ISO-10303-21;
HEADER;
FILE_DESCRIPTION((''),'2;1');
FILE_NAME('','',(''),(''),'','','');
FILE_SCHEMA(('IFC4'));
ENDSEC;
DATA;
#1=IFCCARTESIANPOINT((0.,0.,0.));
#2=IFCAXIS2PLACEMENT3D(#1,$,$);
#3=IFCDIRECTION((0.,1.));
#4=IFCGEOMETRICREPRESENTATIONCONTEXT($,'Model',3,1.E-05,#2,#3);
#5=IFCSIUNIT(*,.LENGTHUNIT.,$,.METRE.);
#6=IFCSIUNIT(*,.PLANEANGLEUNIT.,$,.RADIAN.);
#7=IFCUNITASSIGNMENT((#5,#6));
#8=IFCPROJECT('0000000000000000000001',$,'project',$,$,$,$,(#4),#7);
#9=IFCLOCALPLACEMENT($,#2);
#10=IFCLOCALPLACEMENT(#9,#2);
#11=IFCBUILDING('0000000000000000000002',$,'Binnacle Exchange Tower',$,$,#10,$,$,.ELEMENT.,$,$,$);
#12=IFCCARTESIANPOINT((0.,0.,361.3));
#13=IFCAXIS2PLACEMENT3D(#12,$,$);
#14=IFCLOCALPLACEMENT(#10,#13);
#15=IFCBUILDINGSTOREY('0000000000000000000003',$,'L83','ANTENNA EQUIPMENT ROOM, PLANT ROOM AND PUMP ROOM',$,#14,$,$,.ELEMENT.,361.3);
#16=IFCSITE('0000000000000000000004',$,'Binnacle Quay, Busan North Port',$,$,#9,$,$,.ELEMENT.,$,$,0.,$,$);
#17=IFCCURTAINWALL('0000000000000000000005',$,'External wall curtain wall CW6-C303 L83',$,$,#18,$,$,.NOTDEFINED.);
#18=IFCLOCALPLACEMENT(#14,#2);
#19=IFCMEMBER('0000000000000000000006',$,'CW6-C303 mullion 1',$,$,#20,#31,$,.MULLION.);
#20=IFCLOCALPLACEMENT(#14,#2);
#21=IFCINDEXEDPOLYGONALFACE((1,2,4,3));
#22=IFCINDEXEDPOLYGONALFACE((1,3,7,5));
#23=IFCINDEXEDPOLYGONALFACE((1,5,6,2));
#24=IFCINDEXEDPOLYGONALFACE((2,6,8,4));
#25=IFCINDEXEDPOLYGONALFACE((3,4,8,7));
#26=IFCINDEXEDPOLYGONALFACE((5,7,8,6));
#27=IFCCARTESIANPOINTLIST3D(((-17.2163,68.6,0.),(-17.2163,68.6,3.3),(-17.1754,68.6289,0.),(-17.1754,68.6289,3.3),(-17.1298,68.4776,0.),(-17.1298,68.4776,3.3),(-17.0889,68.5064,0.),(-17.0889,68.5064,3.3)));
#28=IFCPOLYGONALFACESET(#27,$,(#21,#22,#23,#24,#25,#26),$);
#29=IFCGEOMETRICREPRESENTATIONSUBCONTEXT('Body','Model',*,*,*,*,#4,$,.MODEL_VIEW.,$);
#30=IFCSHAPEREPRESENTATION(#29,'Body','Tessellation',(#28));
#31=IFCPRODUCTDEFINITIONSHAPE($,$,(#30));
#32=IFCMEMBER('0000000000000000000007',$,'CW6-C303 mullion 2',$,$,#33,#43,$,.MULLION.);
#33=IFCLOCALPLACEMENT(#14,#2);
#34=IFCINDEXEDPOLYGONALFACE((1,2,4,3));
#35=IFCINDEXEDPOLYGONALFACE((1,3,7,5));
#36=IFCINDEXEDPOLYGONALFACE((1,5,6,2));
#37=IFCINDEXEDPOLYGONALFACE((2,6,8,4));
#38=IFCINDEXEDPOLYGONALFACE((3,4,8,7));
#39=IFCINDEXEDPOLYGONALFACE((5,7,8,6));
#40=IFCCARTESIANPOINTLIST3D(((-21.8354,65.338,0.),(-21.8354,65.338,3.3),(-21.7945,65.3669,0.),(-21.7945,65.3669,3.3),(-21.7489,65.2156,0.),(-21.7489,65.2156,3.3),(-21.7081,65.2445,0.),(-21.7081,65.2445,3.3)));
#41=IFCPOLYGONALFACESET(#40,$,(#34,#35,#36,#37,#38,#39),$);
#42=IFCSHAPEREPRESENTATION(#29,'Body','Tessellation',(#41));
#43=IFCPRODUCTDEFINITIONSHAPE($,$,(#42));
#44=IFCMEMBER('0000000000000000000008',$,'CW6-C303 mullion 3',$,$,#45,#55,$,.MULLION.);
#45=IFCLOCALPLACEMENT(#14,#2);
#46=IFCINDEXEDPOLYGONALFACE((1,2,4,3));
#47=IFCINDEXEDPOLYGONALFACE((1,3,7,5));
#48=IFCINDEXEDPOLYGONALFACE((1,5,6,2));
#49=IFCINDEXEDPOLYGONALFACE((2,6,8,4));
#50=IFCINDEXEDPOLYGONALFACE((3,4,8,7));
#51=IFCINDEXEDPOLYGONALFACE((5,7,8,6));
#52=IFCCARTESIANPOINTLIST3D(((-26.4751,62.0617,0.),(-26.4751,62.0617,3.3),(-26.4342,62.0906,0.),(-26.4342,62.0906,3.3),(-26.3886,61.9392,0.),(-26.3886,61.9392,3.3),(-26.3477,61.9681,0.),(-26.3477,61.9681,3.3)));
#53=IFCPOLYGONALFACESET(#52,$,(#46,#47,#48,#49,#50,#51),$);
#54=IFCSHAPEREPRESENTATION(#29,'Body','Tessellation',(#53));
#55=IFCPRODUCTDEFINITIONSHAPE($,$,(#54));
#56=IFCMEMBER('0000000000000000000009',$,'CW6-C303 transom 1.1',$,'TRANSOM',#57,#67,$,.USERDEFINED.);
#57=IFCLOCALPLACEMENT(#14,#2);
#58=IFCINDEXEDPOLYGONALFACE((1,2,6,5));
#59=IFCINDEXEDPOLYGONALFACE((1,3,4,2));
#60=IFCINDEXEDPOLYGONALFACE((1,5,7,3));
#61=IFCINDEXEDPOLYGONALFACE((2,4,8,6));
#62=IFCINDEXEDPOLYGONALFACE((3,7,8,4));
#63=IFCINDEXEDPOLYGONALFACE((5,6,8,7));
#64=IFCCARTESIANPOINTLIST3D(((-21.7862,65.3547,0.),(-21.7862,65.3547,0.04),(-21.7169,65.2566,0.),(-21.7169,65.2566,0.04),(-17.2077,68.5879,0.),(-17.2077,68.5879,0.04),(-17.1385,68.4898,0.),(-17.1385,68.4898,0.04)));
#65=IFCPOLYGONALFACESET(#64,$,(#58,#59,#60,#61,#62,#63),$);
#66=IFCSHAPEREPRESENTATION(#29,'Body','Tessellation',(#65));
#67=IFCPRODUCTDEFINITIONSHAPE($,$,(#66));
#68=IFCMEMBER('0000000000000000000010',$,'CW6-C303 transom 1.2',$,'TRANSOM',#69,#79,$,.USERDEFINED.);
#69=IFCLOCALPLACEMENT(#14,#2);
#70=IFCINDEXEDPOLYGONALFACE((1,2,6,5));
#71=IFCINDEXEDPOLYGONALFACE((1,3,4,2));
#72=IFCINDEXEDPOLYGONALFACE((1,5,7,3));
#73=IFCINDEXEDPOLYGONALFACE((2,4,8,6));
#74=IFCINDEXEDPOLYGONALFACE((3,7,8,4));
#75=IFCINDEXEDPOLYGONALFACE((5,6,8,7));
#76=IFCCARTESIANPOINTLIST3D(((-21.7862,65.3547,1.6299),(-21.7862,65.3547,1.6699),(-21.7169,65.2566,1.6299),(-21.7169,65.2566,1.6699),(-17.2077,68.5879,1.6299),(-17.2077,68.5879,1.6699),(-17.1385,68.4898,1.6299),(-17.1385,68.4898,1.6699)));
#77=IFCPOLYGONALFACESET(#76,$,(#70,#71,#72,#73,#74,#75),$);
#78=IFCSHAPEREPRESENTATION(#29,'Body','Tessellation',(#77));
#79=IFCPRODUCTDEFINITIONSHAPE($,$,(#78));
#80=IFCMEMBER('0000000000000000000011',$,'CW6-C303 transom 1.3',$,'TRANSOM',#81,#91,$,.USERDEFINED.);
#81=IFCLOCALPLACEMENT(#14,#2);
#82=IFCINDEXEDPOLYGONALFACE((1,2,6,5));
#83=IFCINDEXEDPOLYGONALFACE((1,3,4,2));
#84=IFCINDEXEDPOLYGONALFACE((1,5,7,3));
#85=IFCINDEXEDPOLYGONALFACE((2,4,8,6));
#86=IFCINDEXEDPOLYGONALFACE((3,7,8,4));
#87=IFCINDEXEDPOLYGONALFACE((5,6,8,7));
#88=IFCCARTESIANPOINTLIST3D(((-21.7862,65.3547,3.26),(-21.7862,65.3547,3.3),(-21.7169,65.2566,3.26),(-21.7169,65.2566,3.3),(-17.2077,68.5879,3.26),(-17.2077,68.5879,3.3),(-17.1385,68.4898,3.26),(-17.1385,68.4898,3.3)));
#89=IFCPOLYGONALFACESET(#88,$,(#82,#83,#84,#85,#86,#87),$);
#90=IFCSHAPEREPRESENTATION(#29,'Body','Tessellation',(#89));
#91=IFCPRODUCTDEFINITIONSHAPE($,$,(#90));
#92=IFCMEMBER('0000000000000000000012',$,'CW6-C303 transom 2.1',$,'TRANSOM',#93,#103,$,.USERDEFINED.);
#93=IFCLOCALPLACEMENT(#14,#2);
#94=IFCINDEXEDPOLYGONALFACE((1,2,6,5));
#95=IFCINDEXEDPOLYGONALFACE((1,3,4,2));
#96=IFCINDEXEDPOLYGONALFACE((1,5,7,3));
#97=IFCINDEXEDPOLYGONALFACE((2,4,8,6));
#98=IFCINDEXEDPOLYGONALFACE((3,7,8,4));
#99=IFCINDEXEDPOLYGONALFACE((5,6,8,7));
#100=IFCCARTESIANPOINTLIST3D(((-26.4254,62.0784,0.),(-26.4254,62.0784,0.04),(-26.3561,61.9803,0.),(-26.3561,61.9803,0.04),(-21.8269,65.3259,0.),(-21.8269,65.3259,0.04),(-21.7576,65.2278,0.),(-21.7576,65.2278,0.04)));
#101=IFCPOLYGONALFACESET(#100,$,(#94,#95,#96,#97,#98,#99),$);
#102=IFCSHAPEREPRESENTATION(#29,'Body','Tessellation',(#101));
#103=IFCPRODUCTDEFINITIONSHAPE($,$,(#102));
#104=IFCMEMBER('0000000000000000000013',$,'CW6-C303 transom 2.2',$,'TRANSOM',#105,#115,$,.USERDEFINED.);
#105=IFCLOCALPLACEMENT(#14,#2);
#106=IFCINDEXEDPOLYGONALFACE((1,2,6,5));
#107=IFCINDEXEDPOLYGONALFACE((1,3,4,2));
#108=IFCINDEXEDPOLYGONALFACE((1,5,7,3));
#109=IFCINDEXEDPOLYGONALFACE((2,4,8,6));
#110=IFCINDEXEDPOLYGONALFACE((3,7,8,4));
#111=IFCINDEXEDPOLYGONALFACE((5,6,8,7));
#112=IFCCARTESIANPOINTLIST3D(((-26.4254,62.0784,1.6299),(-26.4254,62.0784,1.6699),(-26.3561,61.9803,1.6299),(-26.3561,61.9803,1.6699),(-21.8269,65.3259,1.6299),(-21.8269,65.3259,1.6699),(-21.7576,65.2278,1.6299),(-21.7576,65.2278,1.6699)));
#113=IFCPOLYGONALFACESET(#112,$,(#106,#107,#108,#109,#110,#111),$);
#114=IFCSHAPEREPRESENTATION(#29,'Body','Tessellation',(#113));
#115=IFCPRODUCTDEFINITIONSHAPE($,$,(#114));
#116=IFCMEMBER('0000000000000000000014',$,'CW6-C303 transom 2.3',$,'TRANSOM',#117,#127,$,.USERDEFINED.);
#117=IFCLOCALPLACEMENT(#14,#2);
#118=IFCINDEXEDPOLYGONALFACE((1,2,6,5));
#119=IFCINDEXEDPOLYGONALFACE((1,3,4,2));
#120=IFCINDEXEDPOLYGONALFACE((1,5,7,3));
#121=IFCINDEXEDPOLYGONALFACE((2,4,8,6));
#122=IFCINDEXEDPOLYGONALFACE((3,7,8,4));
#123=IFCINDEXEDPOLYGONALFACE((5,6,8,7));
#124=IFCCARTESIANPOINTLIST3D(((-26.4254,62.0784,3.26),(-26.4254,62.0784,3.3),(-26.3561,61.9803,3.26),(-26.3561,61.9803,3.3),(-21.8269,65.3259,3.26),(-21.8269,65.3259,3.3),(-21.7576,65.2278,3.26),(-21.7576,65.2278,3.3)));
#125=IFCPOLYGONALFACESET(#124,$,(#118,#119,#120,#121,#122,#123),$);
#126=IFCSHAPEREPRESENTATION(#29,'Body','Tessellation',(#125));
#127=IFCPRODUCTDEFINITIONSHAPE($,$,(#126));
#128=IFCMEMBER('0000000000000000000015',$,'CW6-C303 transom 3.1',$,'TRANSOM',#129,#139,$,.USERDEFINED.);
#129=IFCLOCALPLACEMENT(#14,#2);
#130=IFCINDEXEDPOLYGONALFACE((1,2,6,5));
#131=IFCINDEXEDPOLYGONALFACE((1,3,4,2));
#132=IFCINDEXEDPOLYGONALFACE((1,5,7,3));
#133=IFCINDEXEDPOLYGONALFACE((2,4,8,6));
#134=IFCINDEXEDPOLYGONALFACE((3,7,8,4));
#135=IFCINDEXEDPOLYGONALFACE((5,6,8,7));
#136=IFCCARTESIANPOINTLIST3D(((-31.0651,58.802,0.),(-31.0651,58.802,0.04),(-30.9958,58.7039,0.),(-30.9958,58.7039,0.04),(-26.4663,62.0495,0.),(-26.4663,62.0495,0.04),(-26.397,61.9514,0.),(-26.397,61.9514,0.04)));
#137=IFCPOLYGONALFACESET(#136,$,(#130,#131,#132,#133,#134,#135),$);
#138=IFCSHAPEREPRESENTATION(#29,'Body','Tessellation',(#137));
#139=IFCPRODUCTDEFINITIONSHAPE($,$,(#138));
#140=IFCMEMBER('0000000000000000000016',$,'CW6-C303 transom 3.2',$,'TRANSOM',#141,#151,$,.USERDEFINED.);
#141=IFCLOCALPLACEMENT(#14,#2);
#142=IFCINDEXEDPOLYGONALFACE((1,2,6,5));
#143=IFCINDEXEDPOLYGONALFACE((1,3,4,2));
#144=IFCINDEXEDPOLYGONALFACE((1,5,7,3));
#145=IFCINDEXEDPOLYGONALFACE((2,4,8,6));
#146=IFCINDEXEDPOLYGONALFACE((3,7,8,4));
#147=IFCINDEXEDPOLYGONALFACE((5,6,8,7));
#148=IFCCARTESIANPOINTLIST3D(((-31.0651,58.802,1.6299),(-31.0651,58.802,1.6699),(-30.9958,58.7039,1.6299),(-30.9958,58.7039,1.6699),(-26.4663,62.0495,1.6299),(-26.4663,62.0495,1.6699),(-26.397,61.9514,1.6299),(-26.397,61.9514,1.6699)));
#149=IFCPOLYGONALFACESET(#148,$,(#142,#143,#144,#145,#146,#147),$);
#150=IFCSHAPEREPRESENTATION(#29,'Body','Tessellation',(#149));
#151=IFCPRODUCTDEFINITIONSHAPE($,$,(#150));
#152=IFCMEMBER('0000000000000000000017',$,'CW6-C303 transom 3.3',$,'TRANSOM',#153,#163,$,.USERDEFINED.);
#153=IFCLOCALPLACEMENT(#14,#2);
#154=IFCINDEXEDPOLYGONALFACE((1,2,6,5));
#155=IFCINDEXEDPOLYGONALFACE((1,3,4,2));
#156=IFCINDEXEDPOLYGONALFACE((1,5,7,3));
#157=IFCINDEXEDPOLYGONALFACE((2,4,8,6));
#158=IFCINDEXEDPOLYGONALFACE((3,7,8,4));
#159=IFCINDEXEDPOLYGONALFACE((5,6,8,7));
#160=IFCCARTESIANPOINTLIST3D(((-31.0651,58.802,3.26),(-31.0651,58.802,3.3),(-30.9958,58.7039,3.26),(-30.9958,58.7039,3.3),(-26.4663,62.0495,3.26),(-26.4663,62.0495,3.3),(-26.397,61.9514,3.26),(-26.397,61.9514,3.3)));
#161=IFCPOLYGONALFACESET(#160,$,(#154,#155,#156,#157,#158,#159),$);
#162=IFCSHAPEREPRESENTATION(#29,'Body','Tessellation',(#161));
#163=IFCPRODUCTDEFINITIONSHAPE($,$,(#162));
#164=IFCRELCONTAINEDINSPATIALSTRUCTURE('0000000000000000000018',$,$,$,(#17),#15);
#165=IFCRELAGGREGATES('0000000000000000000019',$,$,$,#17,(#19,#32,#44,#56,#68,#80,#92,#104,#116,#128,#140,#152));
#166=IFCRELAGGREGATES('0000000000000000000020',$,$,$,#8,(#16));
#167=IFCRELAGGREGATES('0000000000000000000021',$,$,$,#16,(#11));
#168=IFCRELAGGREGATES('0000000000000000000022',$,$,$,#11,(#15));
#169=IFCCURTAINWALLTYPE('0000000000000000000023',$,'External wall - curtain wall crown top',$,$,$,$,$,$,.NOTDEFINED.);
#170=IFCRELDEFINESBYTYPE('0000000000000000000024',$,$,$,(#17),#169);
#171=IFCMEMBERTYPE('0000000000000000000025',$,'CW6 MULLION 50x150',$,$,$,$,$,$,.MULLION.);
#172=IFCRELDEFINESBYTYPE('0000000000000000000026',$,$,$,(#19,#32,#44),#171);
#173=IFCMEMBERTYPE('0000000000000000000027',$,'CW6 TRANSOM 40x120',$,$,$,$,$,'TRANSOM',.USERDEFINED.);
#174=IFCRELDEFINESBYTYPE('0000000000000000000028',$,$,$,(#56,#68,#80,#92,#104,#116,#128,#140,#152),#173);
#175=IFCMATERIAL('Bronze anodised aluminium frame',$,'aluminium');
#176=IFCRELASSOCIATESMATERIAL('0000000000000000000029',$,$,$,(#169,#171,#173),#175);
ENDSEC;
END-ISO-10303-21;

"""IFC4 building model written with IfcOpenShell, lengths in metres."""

from ifc_helpers import new_model, si_unit, direction, frame, origin, origin_2d, place, context, subcontext, project, spatial, rectangle, extrude, material, material_profile, profile_set, type_object, element, aggregate, save


model = new_model("IFC4")

# Units and contexts
model_context = context("Model", 3, precision=1e-05, world=origin(), true_north=direction((0.0, 1.0)))
body_context = subcontext(model_context, "Body", "Model", "MODEL_VIEW")
ifc_project = project(units=[si_unit("LENGTHUNIT", "METRE"), si_unit("PLANEANGLEUNIT", "RADIAN")], contexts=[model_context])

# Site, building, storey
site_placement = place(None, origin())
site = spatial("IfcSite", under=ifc_project, at=site_placement, Name="Binnacle Quay, Busan North Port", CompositionType="ELEMENT", RefElevation=0.0)
building_placement = place(site_placement, origin())
building = spatial("IfcBuilding", under=site, at=building_placement, Name="Binnacle Exchange Tower", CompositionType="ELEMENT")
storey_placement = place(building_placement, frame((0.0, 0.0, 361.3)))
storey = spatial("IfcBuildingStorey", under=building, at=storey_placement, Name="L83", Description="ANTENNA EQUIPMENT ROOM, PLANT ROOM AND PUMP ROOM", CompositionType="ELEMENT", Elevation=361.3)

# Curtain wall, members
ifc_material_1 = material(Name="Bronze anodised aluminium frame", Category="aluminium")
curtain_wall_type = type_object("IfcCurtainWallType", Name="External wall - curtain wall crown top", PredefinedType="NOTDEFINED", material=ifc_material_1)
curtain_wall_placement = place(storey_placement, origin())
curtain_wall = element("IfcCurtainWall", 1, at=curtain_wall_placement, inside=storey, type_object=curtain_wall_type, Name="External wall curtain wall CW6-C303 L83", PredefinedType="NOTDEFINED")
ifc_material_profile_1 = material_profile(ifc_material_1, rectangle(XDim=0.1499, YDim=0.05, at=origin_2d()), Name="AL 50x150")
ifc_profile_set_1 = profile_set([ifc_material_profile_1], Name="Bronze anodised aluminium frame")
member_type_1 = type_object("IfcMemberType", Name="CW6 MULLION 50x150", PredefinedType="MULLION", material=ifc_profile_set_1)
member_1_placement = place(storey_placement, frame((-17.1526, 68.5532, 0.0), z_axis=(0.0, 0.0, 1.0), x_axis=(0.576854, -0.816847, 0.0)))
member_1 = element("IfcMember", 2, at=member_1_placement, type_object=member_type_1, Name="CW6-C303 mullion 1", PredefinedType="MULLION", context=body_context, shape_type="SweptSolid", body=[
    extrude(rectangle(XDim=0.1499, YDim=0.05, at=origin_2d()), origin(), (0.0, 0.0, 1.0), 3.3),
])
member_2_placement = place(storey_placement, frame((-21.7717, 65.2913, 0.0), z_axis=(0.0, 0.0, 1.0), x_axis=(0.576854, -0.816847, 0.0)))
member_2 = element("IfcMember", 3, at=member_2_placement, type_object=member_type_1, Name="CW6-C303 mullion 2", PredefinedType="MULLION", context=body_context, shape_type="SweptSolid", body=[
    extrude(rectangle(XDim=0.1499, YDim=0.05, at=origin_2d()), origin(), (0.0, 0.0, 1.0), 3.3),
])
member_3_placement = place(storey_placement, frame((-26.4114, 62.0149, 0.0), z_axis=(0.0, 0.0, 1.0), x_axis=(0.576854, -0.816847, 0.0)))
member_3 = element("IfcMember", 4, at=member_3_placement, type_object=member_type_1, Name="CW6-C303 mullion 3", PredefinedType="MULLION", context=body_context, shape_type="SweptSolid", body=[
    extrude(rectangle(XDim=0.1499, YDim=0.05, at=origin_2d()), origin(), (0.0, 0.0, 1.0), 3.3),
])
ifc_material_profile_2 = material_profile(ifc_material_1, rectangle(XDim=0.1201, YDim=0.04, at=origin_2d()), Name="AL 120x40")
ifc_profile_set_2 = profile_set([ifc_material_profile_2], Name="Bronze anodised aluminium frame")
member_type_2 = type_object("IfcMemberType", Name="CW6 TRANSOM 40x120", ElementType="TRANSOM", PredefinedType="USERDEFINED", material=ifc_profile_set_2)
member_4_placement = place(storey_placement, frame((-17.1731, 68.5388, 0.02), z_axis=(-0.816853, -0.576846, 0.0), x_axis=(0.576846, -0.816853, 0.0)))
member_4 = element("IfcMember", 5, at=member_4_placement, type_object=member_type_2, Name="CW6-C303 transom 1.1", ObjectType="TRANSOM", PredefinedType="USERDEFINED", context=body_context, shape_type="SweptSolid", body=[
    extrude(rectangle(XDim=0.1201, YDim=0.04, at=origin_2d()), origin(), (0.0, 0.0, 1.0), 5.605),
])
member_5_placement = place(storey_placement, frame((-17.1731, 68.5388, 1.6499), z_axis=(-0.816853, -0.576846, 0.0), x_axis=(0.576846, -0.816853, 0.0)))
member_5 = element("IfcMember", 6, at=member_5_placement, type_object=member_type_2, Name="CW6-C303 transom 1.2", ObjectType="TRANSOM", PredefinedType="USERDEFINED", context=body_context, shape_type="SweptSolid", body=[
    extrude(rectangle(XDim=0.1201, YDim=0.04, at=origin_2d()), origin(), (0.0, 0.0, 1.0), 5.605),
])
member_6_placement = place(storey_placement, frame((-17.1731, 68.5388, 3.28), z_axis=(-0.816853, -0.576846, 0.0), x_axis=(0.576846, -0.816853, 0.0)))
member_6 = element("IfcMember", 7, at=member_6_placement, type_object=member_type_2, Name="CW6-C303 transom 1.3", ObjectType="TRANSOM", PredefinedType="USERDEFINED", context=body_context, shape_type="SweptSolid", body=[
    extrude(rectangle(XDim=0.1201, YDim=0.04, at=origin_2d()), origin(), (0.0, 0.0, 1.0), 5.605),
])
member_7_placement = place(storey_placement, frame((-21.7922, 65.2769, 0.02), z_axis=(-0.816845, -0.576857, 0.0), x_axis=(0.576857, -0.816845, 0.0)))
member_7 = element("IfcMember", 8, at=member_7_placement, type_object=member_type_2, Name="CW6-C303 transom 2.1", ObjectType="TRANSOM", PredefinedType="USERDEFINED", context=body_context, shape_type="SweptSolid", body=[
    extrude(rectangle(XDim=0.1201, YDim=0.04, at=origin_2d()), origin(), (0.0, 0.0, 1.0), 5.6296),
])
member_8_placement = place(storey_placement, frame((-21.7922, 65.2769, 1.6499), z_axis=(-0.816845, -0.576857, 0.0), x_axis=(0.576857, -0.816845, 0.0)))
member_8 = element("IfcMember", 9, at=member_8_placement, type_object=member_type_2, Name="CW6-C303 transom 2.2", ObjectType="TRANSOM", PredefinedType="USERDEFINED", context=body_context, shape_type="SweptSolid", body=[
    extrude(rectangle(XDim=0.1201, YDim=0.04, at=origin_2d()), origin(), (0.0, 0.0, 1.0), 5.6296),
])
member_9_placement = place(storey_placement, frame((-21.7922, 65.2769, 3.28), z_axis=(-0.816845, -0.576857, 0.0), x_axis=(0.576857, -0.816845, 0.0)))
member_9 = element("IfcMember", 10, at=member_9_placement, type_object=member_type_2, Name="CW6-C303 transom 2.3", ObjectType="TRANSOM", PredefinedType="USERDEFINED", context=body_context, shape_type="SweptSolid", body=[
    extrude(rectangle(XDim=0.1201, YDim=0.04, at=origin_2d()), origin(), (0.0, 0.0, 1.0), 5.6296),
])
member_10_placement = place(storey_placement, frame((-26.4316, 62.0005, 0.02), z_axis=(-0.81686, -0.576836, 0.0), x_axis=(0.576836, -0.81686, 0.0)))
member_10 = element("IfcMember", 11, at=member_10_placement, type_object=member_type_2, Name="CW6-C303 transom 3.1", ObjectType="TRANSOM", PredefinedType="USERDEFINED", context=body_context, shape_type="SweptSolid", body=[
    extrude(rectangle(XDim=0.1201, YDim=0.04, at=origin_2d()), origin(), (0.0, 0.0, 1.0), 5.6299),
])
member_11_placement = place(storey_placement, frame((-26.4316, 62.0005, 1.6499), z_axis=(-0.81686, -0.576836, 0.0), x_axis=(0.576836, -0.81686, 0.0)))
member_11 = element("IfcMember", 12, at=member_11_placement, type_object=member_type_2, Name="CW6-C303 transom 3.2", ObjectType="TRANSOM", PredefinedType="USERDEFINED", context=body_context, shape_type="SweptSolid", body=[
    extrude(rectangle(XDim=0.1201, YDim=0.04, at=origin_2d()), origin(), (0.0, 0.0, 1.0), 5.6299),
])
member_12_placement = place(storey_placement, frame((-26.4316, 62.0005, 3.28), z_axis=(-0.81686, -0.576836, 0.0), x_axis=(0.576836, -0.81686, 0.0)))
member_12 = element("IfcMember", 13, at=member_12_placement, type_object=member_type_2, Name="CW6-C303 transom 3.3", ObjectType="TRANSOM", PredefinedType="USERDEFINED", context=body_context, shape_type="SweptSolid", body=[
    extrude(rectangle(XDim=0.1201, YDim=0.04, at=origin_2d()), origin(), (0.0, 0.0, 1.0), 5.6299),
])

aggregate(curtain_wall, [member_1, member_2, member_3, member_4, member_5, member_6, member_7, member_8, member_9, member_10, member_11, member_12])

save(model, "model.ifc")
